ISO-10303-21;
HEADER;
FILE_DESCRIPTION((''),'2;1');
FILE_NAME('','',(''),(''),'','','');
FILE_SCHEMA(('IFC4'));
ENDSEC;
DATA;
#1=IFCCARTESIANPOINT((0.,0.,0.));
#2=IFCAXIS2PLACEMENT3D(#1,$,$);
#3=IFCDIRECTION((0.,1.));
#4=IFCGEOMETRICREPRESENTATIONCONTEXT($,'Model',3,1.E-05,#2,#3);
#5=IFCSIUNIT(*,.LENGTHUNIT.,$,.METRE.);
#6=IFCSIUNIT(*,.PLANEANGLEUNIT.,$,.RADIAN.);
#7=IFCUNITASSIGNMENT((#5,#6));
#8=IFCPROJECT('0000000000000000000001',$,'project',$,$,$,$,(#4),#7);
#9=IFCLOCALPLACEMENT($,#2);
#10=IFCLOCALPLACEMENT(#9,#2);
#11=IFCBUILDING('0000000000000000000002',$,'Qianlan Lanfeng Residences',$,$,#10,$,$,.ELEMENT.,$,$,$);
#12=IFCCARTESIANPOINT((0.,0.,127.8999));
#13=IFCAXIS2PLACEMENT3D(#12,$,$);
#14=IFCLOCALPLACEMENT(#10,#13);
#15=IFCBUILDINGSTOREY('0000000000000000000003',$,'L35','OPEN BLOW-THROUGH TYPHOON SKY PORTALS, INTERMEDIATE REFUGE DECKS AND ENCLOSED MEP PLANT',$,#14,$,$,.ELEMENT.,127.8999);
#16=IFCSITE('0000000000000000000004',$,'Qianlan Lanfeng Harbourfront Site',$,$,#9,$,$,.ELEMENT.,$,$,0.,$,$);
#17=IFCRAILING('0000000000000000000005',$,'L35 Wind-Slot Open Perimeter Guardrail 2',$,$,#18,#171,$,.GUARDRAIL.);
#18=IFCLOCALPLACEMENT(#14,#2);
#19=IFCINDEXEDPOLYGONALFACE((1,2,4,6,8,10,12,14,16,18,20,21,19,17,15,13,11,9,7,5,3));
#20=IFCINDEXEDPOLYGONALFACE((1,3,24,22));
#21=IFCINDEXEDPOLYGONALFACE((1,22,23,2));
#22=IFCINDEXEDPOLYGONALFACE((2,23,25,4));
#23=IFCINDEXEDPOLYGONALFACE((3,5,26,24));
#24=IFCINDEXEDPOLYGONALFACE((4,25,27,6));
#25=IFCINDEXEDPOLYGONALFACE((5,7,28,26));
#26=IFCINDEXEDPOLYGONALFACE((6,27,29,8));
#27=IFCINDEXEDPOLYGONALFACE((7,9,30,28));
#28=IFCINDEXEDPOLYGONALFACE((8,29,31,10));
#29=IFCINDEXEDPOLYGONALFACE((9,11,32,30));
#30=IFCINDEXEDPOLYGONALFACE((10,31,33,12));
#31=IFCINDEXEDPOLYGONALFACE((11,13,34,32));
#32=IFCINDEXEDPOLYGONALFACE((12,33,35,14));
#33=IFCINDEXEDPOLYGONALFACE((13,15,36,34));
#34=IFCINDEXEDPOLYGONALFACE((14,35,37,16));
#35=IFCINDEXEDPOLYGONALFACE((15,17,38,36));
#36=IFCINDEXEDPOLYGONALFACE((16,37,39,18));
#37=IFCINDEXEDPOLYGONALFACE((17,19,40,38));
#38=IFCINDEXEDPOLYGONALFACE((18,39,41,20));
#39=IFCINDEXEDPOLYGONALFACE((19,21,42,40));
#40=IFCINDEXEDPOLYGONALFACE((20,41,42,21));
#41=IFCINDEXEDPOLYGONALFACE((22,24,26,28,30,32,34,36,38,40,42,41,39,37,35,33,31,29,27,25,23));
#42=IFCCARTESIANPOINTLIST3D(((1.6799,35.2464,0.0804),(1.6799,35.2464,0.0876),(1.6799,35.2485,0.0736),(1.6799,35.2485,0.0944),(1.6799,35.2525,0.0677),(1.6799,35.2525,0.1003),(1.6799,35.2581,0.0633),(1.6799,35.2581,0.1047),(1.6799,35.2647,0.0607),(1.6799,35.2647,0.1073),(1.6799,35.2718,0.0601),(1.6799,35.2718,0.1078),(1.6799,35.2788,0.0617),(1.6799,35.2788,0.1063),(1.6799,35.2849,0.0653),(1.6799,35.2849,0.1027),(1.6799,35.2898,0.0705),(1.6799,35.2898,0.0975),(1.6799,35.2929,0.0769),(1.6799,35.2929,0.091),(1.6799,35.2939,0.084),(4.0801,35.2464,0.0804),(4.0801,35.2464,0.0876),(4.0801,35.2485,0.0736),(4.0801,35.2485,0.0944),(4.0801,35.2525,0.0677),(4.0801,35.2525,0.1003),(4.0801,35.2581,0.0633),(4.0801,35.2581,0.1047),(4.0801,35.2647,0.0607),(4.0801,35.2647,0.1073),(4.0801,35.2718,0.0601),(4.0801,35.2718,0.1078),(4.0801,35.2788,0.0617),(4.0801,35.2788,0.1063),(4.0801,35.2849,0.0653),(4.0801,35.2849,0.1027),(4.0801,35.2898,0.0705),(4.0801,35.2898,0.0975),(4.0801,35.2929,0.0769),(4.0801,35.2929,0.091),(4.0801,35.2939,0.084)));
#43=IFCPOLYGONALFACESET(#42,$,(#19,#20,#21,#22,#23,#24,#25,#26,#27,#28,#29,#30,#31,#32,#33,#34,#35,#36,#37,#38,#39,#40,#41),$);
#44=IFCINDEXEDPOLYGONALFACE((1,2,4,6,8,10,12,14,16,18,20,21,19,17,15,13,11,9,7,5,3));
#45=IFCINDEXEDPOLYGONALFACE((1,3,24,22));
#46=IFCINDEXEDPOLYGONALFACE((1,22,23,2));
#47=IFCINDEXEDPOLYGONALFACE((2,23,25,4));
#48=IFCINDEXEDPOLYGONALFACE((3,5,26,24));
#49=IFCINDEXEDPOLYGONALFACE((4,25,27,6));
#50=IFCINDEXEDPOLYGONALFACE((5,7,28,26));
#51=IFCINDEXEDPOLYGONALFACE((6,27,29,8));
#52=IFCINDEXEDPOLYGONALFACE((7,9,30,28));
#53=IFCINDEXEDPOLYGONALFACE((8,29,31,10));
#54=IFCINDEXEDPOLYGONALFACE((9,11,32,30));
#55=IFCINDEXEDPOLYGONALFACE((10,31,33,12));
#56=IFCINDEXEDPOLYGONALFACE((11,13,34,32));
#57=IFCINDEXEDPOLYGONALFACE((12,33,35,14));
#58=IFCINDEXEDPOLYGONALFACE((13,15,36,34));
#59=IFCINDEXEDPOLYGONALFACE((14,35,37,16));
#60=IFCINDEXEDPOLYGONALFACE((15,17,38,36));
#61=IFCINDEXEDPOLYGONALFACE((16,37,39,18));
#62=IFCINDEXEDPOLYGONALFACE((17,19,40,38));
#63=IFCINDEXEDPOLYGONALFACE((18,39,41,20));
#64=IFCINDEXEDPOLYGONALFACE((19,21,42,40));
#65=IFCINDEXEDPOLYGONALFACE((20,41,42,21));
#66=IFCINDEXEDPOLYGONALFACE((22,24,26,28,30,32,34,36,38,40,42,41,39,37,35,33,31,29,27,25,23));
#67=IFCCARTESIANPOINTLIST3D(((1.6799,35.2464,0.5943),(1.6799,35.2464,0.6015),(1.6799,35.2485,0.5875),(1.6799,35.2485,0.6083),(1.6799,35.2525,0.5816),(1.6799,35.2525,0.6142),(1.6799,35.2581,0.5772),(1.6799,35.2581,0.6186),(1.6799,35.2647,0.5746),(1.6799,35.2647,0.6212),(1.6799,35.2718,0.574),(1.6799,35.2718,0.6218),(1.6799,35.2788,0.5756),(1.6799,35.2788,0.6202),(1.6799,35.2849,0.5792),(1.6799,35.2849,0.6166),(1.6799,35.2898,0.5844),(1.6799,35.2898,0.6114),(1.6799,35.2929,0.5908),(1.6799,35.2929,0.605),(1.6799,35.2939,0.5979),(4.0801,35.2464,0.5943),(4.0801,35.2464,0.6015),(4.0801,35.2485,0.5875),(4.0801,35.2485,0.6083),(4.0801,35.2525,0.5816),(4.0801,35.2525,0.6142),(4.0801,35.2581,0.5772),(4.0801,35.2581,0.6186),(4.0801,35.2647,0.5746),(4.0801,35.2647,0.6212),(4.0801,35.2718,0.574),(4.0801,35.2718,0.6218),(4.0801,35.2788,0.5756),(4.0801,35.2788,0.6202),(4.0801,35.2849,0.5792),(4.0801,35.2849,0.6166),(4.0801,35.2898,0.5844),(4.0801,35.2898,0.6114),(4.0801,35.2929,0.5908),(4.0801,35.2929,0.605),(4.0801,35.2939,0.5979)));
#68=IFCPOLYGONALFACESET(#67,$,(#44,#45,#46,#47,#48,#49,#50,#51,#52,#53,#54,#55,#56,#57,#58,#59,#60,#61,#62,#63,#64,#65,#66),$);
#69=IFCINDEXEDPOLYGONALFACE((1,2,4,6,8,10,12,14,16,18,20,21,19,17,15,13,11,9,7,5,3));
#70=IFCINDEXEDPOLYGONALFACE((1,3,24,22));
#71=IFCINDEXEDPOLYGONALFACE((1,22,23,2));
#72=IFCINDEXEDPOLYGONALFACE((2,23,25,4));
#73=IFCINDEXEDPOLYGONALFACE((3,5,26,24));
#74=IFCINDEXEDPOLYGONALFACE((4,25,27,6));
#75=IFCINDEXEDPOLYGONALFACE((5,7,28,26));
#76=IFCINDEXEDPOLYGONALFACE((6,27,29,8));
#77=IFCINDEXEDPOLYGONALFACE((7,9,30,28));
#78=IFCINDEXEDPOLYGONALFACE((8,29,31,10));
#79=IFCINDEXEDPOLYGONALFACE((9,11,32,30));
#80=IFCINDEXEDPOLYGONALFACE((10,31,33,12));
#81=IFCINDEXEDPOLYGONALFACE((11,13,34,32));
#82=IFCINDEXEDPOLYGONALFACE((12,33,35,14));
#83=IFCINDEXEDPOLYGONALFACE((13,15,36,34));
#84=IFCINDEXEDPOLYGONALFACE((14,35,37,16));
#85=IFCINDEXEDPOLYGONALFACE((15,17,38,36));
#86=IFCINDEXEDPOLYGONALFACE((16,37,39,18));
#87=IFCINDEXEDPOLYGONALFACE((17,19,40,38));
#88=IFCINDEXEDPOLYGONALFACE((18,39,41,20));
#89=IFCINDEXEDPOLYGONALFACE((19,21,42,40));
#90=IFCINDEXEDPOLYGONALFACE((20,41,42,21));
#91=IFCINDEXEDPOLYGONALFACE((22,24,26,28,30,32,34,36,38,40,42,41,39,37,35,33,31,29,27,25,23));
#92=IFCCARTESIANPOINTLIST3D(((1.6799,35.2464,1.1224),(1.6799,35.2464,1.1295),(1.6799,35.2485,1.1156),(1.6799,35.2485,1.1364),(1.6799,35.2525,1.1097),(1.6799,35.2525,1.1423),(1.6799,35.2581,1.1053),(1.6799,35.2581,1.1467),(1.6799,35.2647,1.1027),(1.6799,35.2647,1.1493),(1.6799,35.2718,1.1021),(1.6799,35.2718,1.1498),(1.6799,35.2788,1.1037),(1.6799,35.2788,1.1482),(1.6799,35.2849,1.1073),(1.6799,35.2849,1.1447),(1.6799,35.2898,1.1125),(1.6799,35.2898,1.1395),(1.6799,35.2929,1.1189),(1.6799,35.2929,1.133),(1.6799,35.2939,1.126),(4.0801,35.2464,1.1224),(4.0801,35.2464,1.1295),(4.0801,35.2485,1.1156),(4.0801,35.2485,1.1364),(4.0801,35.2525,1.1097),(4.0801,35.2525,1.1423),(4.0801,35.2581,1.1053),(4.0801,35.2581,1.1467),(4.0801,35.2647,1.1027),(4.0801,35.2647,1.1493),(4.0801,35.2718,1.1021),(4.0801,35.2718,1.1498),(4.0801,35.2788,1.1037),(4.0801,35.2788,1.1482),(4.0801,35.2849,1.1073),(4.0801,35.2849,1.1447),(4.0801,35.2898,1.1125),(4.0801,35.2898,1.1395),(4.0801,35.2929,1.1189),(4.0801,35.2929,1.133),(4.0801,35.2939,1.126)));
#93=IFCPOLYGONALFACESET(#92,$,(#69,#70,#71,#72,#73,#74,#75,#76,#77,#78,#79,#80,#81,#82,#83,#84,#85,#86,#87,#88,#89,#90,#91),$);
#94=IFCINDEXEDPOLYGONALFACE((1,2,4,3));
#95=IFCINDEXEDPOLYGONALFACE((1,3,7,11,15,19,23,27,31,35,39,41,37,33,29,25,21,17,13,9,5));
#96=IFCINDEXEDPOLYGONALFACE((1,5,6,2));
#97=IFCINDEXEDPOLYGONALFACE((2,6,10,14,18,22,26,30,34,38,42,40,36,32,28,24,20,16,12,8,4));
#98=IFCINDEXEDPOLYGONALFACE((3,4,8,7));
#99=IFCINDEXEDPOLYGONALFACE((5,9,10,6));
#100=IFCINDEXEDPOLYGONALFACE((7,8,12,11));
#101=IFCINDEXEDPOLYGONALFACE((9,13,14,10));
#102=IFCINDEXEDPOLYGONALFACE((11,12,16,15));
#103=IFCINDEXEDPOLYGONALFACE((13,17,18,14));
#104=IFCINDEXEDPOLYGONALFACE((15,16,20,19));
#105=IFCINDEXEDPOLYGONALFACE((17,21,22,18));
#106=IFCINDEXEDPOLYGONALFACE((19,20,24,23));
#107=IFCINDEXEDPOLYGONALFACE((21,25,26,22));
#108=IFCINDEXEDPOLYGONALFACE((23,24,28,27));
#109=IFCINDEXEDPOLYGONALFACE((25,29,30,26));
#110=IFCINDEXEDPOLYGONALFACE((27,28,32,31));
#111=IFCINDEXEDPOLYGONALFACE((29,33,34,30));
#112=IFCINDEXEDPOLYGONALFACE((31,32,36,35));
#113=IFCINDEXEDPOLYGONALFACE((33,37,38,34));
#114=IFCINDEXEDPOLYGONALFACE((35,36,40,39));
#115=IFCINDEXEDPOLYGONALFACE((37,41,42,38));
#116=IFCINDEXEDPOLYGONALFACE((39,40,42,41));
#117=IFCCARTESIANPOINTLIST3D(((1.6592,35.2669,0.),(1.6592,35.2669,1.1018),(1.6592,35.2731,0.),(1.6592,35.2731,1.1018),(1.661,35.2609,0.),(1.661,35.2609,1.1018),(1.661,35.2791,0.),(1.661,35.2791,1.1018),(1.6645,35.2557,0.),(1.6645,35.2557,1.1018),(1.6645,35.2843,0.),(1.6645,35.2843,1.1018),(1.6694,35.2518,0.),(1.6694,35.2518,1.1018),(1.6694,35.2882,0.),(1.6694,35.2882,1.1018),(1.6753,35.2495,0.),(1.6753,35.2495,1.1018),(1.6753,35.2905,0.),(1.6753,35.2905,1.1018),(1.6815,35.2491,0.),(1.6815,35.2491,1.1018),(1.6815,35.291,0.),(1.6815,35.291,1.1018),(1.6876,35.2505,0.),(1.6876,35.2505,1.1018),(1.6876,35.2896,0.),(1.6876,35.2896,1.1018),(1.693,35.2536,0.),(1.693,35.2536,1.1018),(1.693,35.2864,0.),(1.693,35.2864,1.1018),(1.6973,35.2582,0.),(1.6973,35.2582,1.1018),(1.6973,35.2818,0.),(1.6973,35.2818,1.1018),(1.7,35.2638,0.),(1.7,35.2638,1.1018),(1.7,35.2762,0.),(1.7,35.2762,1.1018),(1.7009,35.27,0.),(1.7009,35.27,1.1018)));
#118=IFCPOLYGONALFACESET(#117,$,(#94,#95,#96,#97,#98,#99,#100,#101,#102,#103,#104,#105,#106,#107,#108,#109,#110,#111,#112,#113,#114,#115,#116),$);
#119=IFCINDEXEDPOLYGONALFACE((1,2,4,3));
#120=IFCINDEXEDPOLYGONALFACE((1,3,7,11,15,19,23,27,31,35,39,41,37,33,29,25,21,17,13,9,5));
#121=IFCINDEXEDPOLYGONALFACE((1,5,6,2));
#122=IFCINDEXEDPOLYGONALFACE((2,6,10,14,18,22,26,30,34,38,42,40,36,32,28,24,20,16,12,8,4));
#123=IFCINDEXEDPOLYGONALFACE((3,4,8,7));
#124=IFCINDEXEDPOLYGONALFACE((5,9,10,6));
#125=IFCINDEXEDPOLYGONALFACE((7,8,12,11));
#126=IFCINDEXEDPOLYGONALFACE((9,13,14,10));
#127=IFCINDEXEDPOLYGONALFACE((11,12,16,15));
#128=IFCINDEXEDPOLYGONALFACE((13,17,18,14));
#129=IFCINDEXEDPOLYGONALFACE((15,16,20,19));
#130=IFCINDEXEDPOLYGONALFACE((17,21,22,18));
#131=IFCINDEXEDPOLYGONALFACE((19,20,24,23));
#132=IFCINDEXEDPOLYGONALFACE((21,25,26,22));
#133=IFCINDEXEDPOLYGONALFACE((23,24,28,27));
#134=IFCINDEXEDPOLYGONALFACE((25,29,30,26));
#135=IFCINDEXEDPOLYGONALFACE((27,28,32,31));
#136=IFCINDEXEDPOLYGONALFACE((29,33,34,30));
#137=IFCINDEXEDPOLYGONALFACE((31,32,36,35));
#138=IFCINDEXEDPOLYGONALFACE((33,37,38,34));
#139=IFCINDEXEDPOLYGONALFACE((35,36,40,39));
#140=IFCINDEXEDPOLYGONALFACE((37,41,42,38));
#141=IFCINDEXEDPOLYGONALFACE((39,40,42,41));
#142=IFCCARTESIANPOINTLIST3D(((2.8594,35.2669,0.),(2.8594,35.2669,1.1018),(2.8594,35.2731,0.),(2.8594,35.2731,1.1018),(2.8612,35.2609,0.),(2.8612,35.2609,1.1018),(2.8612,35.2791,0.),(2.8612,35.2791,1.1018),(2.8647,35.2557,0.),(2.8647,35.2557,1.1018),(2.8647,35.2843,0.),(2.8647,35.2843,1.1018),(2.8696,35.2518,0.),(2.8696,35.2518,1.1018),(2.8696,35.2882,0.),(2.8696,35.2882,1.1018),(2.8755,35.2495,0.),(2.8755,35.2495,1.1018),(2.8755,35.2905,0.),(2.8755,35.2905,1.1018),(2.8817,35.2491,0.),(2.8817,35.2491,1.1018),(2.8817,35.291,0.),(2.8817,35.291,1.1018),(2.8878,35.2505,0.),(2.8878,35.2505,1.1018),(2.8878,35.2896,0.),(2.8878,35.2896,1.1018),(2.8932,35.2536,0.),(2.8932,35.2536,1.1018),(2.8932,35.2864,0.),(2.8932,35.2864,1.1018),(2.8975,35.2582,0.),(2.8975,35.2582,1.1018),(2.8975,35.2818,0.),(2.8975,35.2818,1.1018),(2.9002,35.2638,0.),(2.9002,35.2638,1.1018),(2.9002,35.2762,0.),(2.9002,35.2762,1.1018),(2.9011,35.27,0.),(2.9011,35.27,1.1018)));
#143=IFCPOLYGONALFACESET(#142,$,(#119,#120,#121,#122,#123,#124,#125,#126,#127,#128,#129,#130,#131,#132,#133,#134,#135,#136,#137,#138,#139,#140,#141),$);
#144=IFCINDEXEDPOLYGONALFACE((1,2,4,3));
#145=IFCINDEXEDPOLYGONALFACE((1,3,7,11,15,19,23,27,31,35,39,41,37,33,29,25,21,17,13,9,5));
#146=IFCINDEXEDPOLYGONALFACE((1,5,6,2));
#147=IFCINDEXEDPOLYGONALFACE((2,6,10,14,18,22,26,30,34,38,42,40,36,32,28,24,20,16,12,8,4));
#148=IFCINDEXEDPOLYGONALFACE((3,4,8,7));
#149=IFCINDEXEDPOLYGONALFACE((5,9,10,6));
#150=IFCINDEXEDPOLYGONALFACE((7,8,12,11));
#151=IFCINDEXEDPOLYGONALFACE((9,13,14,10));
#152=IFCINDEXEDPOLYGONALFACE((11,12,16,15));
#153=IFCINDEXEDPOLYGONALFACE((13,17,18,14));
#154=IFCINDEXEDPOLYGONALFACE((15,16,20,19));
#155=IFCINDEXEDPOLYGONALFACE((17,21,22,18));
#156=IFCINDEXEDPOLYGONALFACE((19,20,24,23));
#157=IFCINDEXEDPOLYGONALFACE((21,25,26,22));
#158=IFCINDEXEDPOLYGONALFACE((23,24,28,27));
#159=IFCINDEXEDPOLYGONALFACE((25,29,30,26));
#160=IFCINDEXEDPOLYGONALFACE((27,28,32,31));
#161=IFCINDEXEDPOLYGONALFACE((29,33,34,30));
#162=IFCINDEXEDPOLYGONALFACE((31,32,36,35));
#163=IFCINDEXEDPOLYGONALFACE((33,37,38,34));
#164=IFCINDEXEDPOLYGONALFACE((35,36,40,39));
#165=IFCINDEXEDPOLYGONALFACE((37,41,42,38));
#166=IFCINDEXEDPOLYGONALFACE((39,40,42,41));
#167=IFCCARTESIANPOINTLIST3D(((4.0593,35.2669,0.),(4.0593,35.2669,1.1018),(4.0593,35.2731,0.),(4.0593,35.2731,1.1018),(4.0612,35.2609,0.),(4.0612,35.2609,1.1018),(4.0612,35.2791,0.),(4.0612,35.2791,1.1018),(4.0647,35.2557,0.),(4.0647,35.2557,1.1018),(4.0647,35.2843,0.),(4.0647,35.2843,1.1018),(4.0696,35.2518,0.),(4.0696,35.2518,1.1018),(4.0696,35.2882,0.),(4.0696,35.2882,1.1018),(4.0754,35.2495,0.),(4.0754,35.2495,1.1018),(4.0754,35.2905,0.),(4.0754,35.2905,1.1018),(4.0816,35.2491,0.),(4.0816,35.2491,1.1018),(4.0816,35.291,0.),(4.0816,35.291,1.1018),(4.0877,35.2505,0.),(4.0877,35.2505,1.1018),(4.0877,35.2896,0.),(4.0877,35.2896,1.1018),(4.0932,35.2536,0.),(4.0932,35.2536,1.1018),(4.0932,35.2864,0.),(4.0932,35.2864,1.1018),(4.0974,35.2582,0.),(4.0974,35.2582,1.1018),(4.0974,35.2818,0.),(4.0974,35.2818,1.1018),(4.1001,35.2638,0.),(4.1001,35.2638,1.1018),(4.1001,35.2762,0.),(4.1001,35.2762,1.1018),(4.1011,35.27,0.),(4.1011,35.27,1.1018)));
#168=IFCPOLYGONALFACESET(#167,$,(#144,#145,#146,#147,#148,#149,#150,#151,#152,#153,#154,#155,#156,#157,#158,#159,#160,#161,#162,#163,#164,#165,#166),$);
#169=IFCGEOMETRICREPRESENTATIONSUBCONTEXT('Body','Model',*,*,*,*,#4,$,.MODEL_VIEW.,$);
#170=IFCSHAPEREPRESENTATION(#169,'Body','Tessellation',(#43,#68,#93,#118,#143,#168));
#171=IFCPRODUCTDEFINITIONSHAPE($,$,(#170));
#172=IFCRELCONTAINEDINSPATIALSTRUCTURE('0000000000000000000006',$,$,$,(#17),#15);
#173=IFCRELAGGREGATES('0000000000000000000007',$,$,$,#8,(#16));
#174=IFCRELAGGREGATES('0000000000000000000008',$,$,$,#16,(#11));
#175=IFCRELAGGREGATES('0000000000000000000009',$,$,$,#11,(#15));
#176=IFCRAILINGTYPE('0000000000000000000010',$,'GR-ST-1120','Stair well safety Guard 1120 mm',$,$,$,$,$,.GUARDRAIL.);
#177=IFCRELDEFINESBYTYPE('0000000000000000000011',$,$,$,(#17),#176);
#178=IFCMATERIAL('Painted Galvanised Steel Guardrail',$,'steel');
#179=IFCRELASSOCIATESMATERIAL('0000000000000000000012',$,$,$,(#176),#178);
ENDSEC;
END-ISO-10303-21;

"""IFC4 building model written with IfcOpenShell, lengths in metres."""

from ifc_helpers import new_model, si_unit, direction, frame, origin, origin_2d, place, context, subcontext, project, spatial, circle, extrude, material, type_object, element, save


model = new_model("IFC4")

# Units and contexts
model_context = context("Model", 3, precision=1e-05, world=origin(), true_north=direction((0.0, 1.0)))
body_context = subcontext(model_context, "Body", "Model", "MODEL_VIEW")
ifc_project = project(units=[si_unit("LENGTHUNIT", "METRE"), si_unit("PLANEANGLEUNIT", "RADIAN")], contexts=[model_context])

# Site, building, storey
site_placement = place(None, origin())
site = spatial("IfcSite", under=ifc_project, at=site_placement, Name="Qianlan Lanfeng Harbourfront Site", CompositionType="ELEMENT", RefElevation=0.0)
building_placement = place(site_placement, origin())
building = spatial("IfcBuilding", under=site, at=building_placement, Name="Qianlan Lanfeng Residences", CompositionType="ELEMENT")
storey_placement = place(building_placement, frame((0.0, 0.0, 127.8999)))
storey = spatial("IfcBuildingStorey", under=building, at=storey_placement, Name="L35", Description="OPEN BLOW-THROUGH TYPHOON SKY PORTALS, INTERMEDIATE REFUGE DECKS AND ENCLOSED MEP PLANT", CompositionType="ELEMENT", Elevation=127.8999)

# Railing
ifc_material_1 = material(Name="Painted Galvanised Steel Guardrail", Category="steel")
railing_type_1 = type_object("IfcRailingType", Name="GR-ST-1120", Description="Stair well safety Guard 1120 mm", PredefinedType="GUARDRAIL", material=ifc_material_1)
railing_1_placement = place(storey_placement, frame((1.6799, 35.27, 0.0)))
element("IfcRailing", 1, at=railing_1_placement, inside=storey, type_object=railing_type_1, Name="L35 Wind-Slot Open Perimeter Guardrail 2", PredefinedType="GUARDRAIL", context=body_context, shape_type="SweptSolid", body=[
    extrude(circle(Radius=0.0239, at=origin_2d()), frame((0.0, 0.0, 0.084), z_axis=(1.0, 0.0, 0.0), x_axis=(0.0, 1.0, 0.0)), (0.0, 0.0, 1.0), 2.4001),
    extrude(circle(Radius=0.0239, at=origin_2d()), frame((0.0, 0.0, 0.5979), z_axis=(1.0, 0.0, 0.0), x_axis=(0.0, 1.0, 0.0)), (0.0, 0.0, 1.0), 2.4001),
    extrude(circle(Radius=0.0239, at=origin_2d()), frame((0.0, 0.0, 1.126), z_axis=(1.0, 0.0, 0.0), x_axis=(0.0, 1.0, 0.0)), (0.0, 0.0, 1.0), 2.4001),
    extrude(circle(Radius=0.021, at=origin_2d()), origin(), (0.0, 0.0, 1.0), 1.1018),
    extrude(circle(Radius=0.021, at=origin_2d()), frame((1.2002, 0.0, 0.0)), (0.0, 0.0, 1.0), 1.1018),
    extrude(circle(Radius=0.021, at=origin_2d()), frame((2.4001, 0.0, 0.0)), (0.0, 0.0, 1.0), 1.1018),
])

save(model, "model.ifc")
